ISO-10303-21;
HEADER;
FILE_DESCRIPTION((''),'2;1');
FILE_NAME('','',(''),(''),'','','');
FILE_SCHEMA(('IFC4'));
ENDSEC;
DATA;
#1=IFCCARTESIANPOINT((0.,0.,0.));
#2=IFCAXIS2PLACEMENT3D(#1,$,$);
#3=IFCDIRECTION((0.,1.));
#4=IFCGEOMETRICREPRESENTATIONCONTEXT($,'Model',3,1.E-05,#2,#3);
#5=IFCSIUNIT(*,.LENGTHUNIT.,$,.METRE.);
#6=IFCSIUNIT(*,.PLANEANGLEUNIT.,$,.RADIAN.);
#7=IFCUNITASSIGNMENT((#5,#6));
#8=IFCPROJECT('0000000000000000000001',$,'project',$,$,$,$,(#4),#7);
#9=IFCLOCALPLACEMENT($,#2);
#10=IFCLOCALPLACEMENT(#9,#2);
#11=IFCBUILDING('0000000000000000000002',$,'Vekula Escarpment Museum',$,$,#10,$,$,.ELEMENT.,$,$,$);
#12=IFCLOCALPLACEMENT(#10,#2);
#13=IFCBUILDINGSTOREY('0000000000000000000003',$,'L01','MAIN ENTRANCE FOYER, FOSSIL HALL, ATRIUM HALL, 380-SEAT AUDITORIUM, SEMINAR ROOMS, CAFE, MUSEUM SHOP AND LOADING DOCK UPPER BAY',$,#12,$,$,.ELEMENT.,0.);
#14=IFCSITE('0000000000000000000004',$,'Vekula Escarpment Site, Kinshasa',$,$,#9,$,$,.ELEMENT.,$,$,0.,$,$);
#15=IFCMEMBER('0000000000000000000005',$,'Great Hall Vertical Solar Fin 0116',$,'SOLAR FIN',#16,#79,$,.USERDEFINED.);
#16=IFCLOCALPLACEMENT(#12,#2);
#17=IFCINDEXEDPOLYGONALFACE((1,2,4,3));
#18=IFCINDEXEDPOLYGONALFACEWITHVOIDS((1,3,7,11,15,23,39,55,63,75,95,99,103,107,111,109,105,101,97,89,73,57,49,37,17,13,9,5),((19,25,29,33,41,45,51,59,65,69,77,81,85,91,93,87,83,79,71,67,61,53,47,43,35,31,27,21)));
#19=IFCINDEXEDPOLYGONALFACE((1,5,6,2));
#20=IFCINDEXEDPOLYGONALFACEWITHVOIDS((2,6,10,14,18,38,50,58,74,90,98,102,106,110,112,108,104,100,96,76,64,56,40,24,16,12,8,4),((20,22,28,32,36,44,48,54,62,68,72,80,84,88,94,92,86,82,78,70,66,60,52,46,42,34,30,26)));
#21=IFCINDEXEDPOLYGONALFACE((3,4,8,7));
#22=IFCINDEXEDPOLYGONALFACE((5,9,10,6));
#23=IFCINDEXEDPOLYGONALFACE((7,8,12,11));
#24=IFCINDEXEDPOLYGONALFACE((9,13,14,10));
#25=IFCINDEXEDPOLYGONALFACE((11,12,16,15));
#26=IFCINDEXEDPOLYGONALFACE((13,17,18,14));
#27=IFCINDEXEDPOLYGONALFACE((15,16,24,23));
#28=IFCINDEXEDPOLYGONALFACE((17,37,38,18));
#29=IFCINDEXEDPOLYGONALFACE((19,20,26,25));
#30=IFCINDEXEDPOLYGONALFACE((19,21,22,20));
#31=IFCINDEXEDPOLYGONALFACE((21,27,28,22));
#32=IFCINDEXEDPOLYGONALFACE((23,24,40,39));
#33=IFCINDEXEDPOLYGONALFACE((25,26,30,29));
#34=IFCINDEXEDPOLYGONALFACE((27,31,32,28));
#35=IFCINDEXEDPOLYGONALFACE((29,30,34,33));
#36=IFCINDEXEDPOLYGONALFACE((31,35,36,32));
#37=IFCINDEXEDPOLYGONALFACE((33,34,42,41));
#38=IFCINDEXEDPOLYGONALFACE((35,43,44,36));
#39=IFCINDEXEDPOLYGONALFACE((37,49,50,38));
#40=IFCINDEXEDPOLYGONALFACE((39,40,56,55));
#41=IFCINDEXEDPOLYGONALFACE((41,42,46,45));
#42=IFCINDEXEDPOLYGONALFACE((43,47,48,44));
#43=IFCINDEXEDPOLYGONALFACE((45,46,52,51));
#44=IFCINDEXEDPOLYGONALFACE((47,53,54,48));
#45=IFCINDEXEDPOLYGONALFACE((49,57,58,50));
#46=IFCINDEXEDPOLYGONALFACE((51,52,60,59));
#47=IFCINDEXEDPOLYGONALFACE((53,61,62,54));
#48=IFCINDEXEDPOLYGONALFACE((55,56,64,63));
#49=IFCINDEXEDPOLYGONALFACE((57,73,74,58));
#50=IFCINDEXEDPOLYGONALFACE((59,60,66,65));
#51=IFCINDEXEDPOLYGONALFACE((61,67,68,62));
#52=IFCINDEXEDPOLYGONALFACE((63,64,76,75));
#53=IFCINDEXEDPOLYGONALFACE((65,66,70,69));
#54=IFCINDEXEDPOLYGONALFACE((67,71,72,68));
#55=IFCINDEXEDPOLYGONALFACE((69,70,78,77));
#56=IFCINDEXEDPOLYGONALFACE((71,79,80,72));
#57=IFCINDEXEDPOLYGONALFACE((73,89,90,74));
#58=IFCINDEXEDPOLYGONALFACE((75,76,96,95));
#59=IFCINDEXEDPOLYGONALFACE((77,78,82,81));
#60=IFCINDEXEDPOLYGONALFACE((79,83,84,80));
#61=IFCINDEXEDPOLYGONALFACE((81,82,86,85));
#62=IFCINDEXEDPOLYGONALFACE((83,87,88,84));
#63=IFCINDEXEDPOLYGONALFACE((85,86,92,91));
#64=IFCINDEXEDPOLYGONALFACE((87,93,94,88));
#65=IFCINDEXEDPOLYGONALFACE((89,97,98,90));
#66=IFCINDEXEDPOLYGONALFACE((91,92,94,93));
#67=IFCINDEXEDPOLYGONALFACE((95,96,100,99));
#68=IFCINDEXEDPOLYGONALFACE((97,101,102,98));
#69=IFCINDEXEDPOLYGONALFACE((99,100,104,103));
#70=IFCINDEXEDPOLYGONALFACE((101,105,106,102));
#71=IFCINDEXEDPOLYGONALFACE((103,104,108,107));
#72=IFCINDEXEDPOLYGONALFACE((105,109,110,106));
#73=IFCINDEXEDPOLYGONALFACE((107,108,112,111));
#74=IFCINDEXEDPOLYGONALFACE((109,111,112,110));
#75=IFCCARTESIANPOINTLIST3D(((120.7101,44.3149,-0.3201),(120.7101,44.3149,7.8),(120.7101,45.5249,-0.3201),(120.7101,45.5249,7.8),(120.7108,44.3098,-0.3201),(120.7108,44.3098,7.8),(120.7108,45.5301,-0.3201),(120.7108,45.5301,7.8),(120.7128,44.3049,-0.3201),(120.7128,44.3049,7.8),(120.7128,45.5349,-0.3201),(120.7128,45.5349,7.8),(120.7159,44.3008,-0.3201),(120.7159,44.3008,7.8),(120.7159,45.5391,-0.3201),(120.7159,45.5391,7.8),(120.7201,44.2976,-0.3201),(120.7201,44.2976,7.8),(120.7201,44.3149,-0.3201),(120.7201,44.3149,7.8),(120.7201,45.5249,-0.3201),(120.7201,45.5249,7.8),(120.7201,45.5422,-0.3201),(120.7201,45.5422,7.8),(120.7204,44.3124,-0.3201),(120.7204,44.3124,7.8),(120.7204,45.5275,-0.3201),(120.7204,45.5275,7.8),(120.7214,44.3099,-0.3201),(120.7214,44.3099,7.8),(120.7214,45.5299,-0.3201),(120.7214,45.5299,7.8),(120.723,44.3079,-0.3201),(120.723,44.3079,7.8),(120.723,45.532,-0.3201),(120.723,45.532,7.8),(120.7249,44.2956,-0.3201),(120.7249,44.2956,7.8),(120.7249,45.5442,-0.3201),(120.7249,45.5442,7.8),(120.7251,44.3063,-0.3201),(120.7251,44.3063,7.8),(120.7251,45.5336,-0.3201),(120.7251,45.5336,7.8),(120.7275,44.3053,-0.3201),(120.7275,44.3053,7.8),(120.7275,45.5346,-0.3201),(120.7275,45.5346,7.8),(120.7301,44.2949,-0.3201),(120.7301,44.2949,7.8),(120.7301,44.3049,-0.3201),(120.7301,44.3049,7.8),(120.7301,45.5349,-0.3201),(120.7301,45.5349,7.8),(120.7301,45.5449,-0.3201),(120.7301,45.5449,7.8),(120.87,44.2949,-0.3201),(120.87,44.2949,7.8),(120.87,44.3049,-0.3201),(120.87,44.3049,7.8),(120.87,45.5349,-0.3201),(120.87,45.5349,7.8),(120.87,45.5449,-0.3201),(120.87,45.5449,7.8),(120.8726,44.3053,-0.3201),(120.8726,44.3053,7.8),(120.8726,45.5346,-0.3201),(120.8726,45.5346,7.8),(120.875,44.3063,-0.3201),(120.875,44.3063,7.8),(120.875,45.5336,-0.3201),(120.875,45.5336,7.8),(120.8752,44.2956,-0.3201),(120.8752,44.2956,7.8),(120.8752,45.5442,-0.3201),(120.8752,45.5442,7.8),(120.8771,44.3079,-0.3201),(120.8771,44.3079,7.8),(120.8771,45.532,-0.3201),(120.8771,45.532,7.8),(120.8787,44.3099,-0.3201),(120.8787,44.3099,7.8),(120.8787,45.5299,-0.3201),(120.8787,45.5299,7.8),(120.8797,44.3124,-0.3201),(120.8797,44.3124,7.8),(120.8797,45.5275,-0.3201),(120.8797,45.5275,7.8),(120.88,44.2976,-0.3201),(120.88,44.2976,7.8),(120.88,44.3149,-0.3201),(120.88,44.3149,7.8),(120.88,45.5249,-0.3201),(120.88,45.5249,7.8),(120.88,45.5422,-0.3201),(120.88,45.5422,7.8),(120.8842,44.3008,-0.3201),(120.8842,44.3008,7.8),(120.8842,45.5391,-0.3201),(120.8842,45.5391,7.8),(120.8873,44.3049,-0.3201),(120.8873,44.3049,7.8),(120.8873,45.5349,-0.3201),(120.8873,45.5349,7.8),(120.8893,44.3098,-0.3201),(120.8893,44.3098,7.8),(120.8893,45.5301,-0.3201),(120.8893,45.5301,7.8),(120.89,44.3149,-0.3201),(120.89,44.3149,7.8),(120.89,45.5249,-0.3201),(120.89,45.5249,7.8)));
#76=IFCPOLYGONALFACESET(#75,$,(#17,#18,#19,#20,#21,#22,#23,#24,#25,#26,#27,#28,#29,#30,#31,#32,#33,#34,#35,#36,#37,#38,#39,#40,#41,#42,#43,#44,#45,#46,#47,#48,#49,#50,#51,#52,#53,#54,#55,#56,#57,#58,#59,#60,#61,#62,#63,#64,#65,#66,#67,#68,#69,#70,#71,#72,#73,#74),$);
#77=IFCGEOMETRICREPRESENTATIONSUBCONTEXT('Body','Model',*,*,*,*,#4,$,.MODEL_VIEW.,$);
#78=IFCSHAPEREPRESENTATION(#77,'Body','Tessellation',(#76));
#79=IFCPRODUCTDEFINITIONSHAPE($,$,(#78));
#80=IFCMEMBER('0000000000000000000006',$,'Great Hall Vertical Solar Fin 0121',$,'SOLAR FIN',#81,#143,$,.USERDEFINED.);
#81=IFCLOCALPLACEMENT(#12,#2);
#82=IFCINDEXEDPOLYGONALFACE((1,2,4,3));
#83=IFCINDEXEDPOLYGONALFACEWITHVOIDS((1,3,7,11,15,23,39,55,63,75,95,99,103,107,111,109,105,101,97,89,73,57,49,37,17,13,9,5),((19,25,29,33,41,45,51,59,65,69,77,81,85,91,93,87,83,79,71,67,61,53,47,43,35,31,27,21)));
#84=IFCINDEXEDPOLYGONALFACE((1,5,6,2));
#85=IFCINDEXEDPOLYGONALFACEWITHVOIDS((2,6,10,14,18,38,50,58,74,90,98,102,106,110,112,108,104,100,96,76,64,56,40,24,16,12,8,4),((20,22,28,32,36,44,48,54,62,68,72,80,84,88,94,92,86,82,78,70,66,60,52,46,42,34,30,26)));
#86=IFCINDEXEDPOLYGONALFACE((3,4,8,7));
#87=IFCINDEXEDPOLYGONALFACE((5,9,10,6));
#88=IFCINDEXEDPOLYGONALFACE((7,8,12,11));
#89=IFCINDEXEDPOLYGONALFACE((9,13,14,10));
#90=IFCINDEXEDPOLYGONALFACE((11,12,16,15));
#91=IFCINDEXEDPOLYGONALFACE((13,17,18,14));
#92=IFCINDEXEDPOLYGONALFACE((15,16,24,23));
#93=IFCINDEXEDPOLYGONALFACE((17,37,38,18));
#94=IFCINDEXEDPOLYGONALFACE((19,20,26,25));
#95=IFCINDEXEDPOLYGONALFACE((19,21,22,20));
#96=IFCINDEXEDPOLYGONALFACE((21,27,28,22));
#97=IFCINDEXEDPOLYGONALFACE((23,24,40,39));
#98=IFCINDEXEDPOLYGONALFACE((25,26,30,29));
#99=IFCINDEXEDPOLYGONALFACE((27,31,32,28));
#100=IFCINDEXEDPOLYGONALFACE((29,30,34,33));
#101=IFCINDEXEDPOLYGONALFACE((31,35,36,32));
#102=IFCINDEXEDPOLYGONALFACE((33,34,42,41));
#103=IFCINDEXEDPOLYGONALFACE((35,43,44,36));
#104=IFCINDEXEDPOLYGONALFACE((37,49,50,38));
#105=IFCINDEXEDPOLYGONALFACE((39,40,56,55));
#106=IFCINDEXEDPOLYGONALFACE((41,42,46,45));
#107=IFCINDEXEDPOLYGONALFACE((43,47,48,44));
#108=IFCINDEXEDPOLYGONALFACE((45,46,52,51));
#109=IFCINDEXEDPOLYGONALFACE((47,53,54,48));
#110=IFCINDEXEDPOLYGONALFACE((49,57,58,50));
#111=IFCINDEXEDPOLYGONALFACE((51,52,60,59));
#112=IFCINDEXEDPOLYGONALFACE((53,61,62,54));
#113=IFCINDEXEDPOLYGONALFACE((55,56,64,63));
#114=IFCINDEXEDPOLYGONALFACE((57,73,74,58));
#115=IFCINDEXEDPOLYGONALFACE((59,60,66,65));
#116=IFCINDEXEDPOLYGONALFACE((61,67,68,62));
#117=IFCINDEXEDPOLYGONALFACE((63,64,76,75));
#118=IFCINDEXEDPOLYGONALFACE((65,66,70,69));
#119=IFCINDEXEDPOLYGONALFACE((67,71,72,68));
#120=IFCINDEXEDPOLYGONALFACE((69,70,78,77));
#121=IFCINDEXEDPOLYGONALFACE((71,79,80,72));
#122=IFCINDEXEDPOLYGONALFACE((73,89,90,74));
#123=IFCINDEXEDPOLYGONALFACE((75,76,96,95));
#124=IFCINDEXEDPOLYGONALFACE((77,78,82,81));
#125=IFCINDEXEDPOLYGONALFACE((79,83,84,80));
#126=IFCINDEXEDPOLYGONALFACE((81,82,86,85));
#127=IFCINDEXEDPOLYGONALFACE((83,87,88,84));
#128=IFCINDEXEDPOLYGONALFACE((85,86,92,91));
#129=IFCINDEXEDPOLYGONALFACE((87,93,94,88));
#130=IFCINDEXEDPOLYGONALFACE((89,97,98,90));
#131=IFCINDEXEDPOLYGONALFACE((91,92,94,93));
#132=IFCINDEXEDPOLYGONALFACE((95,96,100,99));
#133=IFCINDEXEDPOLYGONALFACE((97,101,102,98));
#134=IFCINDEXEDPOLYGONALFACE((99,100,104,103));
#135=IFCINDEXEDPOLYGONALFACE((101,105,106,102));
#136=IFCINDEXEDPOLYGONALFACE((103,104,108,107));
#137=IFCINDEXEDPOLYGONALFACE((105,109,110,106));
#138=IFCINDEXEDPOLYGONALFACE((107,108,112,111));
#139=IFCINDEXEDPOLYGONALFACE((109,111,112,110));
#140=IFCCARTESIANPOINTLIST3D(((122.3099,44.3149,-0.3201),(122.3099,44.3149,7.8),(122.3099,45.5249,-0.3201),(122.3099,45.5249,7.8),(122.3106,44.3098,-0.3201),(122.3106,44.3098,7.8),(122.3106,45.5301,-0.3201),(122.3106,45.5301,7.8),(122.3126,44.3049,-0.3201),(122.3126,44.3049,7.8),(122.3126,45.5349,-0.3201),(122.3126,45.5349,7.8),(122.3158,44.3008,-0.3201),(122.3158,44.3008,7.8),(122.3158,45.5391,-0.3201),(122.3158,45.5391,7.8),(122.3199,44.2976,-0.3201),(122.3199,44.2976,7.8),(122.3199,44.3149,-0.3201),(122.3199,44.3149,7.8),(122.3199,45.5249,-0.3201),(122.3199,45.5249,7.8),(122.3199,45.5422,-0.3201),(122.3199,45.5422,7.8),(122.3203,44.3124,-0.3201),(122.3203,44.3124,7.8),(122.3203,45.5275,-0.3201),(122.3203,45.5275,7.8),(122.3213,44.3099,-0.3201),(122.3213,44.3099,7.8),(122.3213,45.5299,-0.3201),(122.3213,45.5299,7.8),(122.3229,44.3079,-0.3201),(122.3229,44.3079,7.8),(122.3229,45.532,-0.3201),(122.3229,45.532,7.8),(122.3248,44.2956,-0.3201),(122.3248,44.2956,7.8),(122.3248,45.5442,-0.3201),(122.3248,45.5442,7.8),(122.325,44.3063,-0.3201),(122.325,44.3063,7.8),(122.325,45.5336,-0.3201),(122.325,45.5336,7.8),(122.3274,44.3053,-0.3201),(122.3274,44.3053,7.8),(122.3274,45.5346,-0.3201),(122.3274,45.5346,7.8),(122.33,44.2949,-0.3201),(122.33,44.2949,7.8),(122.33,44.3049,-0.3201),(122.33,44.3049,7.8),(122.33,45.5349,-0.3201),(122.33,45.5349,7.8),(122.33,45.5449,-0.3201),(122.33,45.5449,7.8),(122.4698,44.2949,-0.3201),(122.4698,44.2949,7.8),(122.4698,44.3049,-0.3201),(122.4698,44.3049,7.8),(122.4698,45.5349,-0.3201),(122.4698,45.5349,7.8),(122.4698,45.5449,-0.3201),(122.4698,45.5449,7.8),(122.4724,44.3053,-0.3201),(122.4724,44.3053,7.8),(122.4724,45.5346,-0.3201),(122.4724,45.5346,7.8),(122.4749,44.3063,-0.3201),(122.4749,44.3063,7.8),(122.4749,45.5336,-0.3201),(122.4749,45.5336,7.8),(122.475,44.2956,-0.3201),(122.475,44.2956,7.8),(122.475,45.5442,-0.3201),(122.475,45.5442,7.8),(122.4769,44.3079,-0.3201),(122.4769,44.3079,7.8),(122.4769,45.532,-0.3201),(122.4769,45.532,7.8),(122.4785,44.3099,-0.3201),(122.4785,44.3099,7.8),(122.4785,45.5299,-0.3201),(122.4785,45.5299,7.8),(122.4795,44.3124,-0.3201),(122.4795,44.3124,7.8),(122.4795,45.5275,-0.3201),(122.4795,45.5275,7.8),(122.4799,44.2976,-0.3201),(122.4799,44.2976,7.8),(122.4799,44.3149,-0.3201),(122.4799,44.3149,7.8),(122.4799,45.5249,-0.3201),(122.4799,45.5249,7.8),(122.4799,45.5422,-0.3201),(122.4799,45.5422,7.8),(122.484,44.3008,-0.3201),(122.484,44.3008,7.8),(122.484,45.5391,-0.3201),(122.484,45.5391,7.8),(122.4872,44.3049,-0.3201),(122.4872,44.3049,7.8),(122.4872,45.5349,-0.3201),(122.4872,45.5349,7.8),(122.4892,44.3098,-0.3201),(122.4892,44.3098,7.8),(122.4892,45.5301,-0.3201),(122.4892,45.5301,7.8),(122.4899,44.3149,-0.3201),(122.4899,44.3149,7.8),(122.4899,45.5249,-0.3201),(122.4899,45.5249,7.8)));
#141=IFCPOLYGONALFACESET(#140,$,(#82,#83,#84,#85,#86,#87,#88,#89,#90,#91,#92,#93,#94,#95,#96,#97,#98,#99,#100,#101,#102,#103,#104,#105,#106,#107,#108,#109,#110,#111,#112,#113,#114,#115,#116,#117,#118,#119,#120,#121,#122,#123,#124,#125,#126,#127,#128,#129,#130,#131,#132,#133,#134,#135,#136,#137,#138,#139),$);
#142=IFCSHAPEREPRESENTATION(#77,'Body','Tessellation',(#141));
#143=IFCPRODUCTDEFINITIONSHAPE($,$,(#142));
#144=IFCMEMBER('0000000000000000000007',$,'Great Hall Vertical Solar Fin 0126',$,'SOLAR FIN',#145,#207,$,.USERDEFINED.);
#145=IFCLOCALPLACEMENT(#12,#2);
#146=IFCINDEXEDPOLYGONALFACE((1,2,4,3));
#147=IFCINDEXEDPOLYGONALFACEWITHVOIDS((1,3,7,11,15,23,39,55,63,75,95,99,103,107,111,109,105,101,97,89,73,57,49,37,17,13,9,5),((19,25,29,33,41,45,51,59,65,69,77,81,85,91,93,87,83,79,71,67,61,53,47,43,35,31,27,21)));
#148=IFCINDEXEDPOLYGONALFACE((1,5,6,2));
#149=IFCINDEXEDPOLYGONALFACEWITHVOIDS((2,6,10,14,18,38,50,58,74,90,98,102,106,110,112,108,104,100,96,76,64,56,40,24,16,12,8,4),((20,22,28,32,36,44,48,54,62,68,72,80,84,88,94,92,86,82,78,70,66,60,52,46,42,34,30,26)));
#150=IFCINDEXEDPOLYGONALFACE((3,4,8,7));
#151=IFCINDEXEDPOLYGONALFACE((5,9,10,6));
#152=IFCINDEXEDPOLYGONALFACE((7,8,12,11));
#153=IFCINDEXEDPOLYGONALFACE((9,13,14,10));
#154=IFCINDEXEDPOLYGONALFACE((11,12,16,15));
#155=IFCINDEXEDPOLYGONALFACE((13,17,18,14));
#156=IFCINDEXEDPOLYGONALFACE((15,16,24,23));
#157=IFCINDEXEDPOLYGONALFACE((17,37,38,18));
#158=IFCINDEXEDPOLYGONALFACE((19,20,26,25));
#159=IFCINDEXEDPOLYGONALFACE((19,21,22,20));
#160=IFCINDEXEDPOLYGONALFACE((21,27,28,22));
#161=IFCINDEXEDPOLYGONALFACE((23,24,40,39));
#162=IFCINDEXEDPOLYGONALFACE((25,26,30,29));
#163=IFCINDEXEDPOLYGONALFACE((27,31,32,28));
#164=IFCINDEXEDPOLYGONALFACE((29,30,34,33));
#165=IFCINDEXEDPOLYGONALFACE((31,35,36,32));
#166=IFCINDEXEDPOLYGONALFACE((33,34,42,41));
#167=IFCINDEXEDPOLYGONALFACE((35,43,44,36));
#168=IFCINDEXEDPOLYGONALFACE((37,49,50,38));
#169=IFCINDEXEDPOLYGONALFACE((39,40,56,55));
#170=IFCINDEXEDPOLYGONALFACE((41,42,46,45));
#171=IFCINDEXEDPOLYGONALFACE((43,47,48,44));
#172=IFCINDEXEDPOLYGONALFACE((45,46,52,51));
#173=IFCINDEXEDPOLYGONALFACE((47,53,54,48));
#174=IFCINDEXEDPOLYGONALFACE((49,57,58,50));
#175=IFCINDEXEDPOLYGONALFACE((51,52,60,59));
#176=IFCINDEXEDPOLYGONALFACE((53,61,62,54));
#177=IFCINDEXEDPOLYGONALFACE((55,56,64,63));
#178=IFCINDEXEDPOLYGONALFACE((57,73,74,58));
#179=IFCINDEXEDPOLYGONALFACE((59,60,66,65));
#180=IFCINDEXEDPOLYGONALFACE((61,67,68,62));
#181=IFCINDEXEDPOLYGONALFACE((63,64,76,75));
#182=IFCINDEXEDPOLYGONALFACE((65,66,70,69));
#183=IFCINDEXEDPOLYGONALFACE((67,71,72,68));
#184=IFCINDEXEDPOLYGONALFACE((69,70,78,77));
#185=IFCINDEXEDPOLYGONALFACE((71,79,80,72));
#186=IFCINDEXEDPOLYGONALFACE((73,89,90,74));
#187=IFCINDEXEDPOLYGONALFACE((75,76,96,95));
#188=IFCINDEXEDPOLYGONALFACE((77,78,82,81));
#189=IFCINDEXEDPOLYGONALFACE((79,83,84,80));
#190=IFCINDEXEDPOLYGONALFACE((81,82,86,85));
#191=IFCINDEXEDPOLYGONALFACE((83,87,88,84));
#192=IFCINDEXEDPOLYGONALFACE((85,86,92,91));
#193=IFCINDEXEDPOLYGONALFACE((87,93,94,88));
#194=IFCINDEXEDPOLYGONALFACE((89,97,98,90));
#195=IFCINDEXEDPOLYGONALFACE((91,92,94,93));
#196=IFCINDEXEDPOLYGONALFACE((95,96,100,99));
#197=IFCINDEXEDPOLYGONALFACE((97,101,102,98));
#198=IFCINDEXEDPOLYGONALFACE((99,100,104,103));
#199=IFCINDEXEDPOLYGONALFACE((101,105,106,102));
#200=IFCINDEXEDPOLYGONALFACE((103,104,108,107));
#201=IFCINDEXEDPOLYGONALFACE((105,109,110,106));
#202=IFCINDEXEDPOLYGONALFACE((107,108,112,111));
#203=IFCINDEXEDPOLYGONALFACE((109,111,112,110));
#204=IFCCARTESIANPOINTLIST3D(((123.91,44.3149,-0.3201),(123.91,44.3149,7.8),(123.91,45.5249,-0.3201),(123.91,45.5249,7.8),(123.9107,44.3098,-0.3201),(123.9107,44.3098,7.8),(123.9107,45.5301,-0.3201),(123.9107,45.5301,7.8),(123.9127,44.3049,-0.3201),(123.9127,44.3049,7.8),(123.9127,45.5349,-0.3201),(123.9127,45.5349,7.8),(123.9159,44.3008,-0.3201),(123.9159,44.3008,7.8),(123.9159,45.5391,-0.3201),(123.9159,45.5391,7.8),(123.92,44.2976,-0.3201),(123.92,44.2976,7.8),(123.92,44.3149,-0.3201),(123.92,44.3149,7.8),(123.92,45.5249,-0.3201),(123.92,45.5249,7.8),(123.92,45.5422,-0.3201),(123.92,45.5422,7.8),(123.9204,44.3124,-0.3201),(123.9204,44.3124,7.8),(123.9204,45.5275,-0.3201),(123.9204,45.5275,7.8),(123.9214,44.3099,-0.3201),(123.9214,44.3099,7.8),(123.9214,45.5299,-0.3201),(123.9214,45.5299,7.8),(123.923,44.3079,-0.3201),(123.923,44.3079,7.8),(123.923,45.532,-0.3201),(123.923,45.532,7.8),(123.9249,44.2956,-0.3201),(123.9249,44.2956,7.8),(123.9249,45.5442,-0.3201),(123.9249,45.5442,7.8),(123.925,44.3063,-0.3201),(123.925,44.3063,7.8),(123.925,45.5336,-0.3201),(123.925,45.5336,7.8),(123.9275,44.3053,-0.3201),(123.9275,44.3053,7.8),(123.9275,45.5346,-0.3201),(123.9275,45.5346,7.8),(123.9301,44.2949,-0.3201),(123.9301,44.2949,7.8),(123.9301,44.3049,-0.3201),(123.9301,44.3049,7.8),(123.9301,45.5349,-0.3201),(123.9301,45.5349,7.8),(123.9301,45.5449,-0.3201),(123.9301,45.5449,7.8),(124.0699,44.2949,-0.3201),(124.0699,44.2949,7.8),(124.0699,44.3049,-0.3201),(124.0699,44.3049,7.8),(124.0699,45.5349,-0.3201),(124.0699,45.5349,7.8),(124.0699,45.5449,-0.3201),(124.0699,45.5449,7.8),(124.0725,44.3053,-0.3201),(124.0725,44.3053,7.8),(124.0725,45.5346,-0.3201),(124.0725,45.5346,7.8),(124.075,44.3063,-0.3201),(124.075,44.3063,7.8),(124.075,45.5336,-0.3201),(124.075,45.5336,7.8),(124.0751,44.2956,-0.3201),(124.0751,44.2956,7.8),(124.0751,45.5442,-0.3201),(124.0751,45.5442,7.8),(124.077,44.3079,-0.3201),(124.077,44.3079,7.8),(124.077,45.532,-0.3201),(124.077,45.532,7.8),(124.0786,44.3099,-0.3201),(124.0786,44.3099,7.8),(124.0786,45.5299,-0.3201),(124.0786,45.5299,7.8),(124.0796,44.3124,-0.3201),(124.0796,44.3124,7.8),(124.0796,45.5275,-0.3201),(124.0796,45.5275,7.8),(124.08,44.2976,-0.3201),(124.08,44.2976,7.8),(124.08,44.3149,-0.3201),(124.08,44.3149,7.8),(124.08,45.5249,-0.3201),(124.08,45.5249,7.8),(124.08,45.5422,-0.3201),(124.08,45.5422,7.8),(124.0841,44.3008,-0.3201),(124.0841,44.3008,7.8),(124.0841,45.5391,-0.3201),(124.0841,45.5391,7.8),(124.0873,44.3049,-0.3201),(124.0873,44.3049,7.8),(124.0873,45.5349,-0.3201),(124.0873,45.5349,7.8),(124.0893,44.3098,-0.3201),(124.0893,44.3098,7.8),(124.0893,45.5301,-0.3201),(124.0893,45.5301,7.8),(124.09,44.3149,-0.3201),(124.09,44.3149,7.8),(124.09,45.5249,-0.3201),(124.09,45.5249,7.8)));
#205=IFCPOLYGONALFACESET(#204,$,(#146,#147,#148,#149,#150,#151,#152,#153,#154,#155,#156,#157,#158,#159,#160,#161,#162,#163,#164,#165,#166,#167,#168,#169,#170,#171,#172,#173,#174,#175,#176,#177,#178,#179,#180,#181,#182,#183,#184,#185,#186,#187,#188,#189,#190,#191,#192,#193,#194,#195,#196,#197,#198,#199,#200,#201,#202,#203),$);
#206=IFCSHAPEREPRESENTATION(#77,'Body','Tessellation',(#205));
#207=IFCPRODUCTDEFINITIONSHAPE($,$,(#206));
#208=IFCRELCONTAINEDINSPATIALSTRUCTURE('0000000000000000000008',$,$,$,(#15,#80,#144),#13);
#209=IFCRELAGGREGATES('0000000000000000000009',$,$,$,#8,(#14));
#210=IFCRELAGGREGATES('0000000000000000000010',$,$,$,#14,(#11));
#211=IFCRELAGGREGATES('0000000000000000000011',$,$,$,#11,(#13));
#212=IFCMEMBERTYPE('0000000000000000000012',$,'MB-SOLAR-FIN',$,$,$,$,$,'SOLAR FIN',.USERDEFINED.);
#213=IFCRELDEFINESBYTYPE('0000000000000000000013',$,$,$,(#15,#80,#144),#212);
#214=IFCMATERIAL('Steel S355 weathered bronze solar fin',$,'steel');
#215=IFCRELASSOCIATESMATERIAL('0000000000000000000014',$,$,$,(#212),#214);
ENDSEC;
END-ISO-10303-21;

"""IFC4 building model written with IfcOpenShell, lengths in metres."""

from ifc_helpers import new_model, si_unit, direction, frame, origin, origin_2d, place, context, subcontext, project, spatial, hollow_rectangle, extrude, material, material_profile, profile_set, type_object, element, save


model = new_model("IFC4")

# Units and contexts
model_context = context("Model", 3, precision=1e-05, world=origin(), true_north=direction((0.0, 1.0)))
body_context = subcontext(model_context, "Body", "Model", "MODEL_VIEW")
ifc_project = project(units=[si_unit("LENGTHUNIT", "METRE"), si_unit("PLANEANGLEUNIT", "RADIAN")], contexts=[model_context])

# Site, building, storey
site_placement = place(None, origin())
site = spatial("IfcSite", under=ifc_project, at=site_placement, Name="Vekula Escarpment Site, Kinshasa", CompositionType="ELEMENT", RefElevation=0.0)
building_placement = place(site_placement, origin())
building = spatial("IfcBuilding", under=site, at=building_placement, Name="Vekula Escarpment Museum", CompositionType="ELEMENT")
storey_placement = place(building_placement, origin())
storey = spatial("IfcBuildingStorey", under=building, at=storey_placement, Name="L01", Description="MAIN ENTRANCE FOYER, FOSSIL HALL, ATRIUM HALL, 380-SEAT AUDITORIUM, SEMINAR ROOMS, CAFE, MUSEUM SHOP AND LOADING DOCK UPPER BAY", CompositionType="ELEMENT", Elevation=0.0)

# Members
ifc_material_1 = material(Name="Steel S355 weathered bronze solar fin", Category="steel")
ifc_material_profile_1 = material_profile(ifc_material_1, hollow_rectangle(XDim=0.1799, YDim=1.25, WallThickness=0.01, InnerFilletRadius=0.01, OuterFilletRadius=0.02, at=origin_2d()), Name="RHS 1250x180x10")
ifc_profile_set_1 = profile_set([ifc_material_profile_1], Name="Steel S355 weathered bronze solar fin")
member_type_1 = type_object("IfcMemberType", Name="MB-SOLAR-FIN", ElementType="SOLAR FIN", PredefinedType="USERDEFINED", material=ifc_profile_set_1)
for number, where, z_axis, x_axis, name in (
    (1, (120.8, 44.9199, -0.3201), (0.0, 0.0, 1.0), (1.0, 0.0, 0.0), "Great Hall Vertical Solar Fin 0116"),
    (2, (122.3999, 44.9199, -0.3201), (0.0, 0.0, 1.0), (1.0, 0.0, 0.0), "Great Hall Vertical Solar Fin 0121"),
    (3, (124.0, 44.9199, -0.3201), (0.0, 0.0, 1.0), (1.0, 0.0, 0.0), "Great Hall Vertical Solar Fin 0126"),
):
    element("IfcMember", number, at=place(storey_placement, frame(where, z_axis=z_axis, x_axis=x_axis)), inside=storey, type_object=member_type_1, Name=name, ObjectType="SOLAR FIN", PredefinedType="USERDEFINED", context=body_context, shape_type="SweptSolid", body=[
        extrude(hollow_rectangle(XDim=0.1799, YDim=1.25, WallThickness=0.01, InnerFilletRadius=0.01, OuterFilletRadius=0.02, at=origin_2d()), origin(), (0.0, 0.0, 1.0), 8.1201),
    ])

save(model, "model.ifc")
